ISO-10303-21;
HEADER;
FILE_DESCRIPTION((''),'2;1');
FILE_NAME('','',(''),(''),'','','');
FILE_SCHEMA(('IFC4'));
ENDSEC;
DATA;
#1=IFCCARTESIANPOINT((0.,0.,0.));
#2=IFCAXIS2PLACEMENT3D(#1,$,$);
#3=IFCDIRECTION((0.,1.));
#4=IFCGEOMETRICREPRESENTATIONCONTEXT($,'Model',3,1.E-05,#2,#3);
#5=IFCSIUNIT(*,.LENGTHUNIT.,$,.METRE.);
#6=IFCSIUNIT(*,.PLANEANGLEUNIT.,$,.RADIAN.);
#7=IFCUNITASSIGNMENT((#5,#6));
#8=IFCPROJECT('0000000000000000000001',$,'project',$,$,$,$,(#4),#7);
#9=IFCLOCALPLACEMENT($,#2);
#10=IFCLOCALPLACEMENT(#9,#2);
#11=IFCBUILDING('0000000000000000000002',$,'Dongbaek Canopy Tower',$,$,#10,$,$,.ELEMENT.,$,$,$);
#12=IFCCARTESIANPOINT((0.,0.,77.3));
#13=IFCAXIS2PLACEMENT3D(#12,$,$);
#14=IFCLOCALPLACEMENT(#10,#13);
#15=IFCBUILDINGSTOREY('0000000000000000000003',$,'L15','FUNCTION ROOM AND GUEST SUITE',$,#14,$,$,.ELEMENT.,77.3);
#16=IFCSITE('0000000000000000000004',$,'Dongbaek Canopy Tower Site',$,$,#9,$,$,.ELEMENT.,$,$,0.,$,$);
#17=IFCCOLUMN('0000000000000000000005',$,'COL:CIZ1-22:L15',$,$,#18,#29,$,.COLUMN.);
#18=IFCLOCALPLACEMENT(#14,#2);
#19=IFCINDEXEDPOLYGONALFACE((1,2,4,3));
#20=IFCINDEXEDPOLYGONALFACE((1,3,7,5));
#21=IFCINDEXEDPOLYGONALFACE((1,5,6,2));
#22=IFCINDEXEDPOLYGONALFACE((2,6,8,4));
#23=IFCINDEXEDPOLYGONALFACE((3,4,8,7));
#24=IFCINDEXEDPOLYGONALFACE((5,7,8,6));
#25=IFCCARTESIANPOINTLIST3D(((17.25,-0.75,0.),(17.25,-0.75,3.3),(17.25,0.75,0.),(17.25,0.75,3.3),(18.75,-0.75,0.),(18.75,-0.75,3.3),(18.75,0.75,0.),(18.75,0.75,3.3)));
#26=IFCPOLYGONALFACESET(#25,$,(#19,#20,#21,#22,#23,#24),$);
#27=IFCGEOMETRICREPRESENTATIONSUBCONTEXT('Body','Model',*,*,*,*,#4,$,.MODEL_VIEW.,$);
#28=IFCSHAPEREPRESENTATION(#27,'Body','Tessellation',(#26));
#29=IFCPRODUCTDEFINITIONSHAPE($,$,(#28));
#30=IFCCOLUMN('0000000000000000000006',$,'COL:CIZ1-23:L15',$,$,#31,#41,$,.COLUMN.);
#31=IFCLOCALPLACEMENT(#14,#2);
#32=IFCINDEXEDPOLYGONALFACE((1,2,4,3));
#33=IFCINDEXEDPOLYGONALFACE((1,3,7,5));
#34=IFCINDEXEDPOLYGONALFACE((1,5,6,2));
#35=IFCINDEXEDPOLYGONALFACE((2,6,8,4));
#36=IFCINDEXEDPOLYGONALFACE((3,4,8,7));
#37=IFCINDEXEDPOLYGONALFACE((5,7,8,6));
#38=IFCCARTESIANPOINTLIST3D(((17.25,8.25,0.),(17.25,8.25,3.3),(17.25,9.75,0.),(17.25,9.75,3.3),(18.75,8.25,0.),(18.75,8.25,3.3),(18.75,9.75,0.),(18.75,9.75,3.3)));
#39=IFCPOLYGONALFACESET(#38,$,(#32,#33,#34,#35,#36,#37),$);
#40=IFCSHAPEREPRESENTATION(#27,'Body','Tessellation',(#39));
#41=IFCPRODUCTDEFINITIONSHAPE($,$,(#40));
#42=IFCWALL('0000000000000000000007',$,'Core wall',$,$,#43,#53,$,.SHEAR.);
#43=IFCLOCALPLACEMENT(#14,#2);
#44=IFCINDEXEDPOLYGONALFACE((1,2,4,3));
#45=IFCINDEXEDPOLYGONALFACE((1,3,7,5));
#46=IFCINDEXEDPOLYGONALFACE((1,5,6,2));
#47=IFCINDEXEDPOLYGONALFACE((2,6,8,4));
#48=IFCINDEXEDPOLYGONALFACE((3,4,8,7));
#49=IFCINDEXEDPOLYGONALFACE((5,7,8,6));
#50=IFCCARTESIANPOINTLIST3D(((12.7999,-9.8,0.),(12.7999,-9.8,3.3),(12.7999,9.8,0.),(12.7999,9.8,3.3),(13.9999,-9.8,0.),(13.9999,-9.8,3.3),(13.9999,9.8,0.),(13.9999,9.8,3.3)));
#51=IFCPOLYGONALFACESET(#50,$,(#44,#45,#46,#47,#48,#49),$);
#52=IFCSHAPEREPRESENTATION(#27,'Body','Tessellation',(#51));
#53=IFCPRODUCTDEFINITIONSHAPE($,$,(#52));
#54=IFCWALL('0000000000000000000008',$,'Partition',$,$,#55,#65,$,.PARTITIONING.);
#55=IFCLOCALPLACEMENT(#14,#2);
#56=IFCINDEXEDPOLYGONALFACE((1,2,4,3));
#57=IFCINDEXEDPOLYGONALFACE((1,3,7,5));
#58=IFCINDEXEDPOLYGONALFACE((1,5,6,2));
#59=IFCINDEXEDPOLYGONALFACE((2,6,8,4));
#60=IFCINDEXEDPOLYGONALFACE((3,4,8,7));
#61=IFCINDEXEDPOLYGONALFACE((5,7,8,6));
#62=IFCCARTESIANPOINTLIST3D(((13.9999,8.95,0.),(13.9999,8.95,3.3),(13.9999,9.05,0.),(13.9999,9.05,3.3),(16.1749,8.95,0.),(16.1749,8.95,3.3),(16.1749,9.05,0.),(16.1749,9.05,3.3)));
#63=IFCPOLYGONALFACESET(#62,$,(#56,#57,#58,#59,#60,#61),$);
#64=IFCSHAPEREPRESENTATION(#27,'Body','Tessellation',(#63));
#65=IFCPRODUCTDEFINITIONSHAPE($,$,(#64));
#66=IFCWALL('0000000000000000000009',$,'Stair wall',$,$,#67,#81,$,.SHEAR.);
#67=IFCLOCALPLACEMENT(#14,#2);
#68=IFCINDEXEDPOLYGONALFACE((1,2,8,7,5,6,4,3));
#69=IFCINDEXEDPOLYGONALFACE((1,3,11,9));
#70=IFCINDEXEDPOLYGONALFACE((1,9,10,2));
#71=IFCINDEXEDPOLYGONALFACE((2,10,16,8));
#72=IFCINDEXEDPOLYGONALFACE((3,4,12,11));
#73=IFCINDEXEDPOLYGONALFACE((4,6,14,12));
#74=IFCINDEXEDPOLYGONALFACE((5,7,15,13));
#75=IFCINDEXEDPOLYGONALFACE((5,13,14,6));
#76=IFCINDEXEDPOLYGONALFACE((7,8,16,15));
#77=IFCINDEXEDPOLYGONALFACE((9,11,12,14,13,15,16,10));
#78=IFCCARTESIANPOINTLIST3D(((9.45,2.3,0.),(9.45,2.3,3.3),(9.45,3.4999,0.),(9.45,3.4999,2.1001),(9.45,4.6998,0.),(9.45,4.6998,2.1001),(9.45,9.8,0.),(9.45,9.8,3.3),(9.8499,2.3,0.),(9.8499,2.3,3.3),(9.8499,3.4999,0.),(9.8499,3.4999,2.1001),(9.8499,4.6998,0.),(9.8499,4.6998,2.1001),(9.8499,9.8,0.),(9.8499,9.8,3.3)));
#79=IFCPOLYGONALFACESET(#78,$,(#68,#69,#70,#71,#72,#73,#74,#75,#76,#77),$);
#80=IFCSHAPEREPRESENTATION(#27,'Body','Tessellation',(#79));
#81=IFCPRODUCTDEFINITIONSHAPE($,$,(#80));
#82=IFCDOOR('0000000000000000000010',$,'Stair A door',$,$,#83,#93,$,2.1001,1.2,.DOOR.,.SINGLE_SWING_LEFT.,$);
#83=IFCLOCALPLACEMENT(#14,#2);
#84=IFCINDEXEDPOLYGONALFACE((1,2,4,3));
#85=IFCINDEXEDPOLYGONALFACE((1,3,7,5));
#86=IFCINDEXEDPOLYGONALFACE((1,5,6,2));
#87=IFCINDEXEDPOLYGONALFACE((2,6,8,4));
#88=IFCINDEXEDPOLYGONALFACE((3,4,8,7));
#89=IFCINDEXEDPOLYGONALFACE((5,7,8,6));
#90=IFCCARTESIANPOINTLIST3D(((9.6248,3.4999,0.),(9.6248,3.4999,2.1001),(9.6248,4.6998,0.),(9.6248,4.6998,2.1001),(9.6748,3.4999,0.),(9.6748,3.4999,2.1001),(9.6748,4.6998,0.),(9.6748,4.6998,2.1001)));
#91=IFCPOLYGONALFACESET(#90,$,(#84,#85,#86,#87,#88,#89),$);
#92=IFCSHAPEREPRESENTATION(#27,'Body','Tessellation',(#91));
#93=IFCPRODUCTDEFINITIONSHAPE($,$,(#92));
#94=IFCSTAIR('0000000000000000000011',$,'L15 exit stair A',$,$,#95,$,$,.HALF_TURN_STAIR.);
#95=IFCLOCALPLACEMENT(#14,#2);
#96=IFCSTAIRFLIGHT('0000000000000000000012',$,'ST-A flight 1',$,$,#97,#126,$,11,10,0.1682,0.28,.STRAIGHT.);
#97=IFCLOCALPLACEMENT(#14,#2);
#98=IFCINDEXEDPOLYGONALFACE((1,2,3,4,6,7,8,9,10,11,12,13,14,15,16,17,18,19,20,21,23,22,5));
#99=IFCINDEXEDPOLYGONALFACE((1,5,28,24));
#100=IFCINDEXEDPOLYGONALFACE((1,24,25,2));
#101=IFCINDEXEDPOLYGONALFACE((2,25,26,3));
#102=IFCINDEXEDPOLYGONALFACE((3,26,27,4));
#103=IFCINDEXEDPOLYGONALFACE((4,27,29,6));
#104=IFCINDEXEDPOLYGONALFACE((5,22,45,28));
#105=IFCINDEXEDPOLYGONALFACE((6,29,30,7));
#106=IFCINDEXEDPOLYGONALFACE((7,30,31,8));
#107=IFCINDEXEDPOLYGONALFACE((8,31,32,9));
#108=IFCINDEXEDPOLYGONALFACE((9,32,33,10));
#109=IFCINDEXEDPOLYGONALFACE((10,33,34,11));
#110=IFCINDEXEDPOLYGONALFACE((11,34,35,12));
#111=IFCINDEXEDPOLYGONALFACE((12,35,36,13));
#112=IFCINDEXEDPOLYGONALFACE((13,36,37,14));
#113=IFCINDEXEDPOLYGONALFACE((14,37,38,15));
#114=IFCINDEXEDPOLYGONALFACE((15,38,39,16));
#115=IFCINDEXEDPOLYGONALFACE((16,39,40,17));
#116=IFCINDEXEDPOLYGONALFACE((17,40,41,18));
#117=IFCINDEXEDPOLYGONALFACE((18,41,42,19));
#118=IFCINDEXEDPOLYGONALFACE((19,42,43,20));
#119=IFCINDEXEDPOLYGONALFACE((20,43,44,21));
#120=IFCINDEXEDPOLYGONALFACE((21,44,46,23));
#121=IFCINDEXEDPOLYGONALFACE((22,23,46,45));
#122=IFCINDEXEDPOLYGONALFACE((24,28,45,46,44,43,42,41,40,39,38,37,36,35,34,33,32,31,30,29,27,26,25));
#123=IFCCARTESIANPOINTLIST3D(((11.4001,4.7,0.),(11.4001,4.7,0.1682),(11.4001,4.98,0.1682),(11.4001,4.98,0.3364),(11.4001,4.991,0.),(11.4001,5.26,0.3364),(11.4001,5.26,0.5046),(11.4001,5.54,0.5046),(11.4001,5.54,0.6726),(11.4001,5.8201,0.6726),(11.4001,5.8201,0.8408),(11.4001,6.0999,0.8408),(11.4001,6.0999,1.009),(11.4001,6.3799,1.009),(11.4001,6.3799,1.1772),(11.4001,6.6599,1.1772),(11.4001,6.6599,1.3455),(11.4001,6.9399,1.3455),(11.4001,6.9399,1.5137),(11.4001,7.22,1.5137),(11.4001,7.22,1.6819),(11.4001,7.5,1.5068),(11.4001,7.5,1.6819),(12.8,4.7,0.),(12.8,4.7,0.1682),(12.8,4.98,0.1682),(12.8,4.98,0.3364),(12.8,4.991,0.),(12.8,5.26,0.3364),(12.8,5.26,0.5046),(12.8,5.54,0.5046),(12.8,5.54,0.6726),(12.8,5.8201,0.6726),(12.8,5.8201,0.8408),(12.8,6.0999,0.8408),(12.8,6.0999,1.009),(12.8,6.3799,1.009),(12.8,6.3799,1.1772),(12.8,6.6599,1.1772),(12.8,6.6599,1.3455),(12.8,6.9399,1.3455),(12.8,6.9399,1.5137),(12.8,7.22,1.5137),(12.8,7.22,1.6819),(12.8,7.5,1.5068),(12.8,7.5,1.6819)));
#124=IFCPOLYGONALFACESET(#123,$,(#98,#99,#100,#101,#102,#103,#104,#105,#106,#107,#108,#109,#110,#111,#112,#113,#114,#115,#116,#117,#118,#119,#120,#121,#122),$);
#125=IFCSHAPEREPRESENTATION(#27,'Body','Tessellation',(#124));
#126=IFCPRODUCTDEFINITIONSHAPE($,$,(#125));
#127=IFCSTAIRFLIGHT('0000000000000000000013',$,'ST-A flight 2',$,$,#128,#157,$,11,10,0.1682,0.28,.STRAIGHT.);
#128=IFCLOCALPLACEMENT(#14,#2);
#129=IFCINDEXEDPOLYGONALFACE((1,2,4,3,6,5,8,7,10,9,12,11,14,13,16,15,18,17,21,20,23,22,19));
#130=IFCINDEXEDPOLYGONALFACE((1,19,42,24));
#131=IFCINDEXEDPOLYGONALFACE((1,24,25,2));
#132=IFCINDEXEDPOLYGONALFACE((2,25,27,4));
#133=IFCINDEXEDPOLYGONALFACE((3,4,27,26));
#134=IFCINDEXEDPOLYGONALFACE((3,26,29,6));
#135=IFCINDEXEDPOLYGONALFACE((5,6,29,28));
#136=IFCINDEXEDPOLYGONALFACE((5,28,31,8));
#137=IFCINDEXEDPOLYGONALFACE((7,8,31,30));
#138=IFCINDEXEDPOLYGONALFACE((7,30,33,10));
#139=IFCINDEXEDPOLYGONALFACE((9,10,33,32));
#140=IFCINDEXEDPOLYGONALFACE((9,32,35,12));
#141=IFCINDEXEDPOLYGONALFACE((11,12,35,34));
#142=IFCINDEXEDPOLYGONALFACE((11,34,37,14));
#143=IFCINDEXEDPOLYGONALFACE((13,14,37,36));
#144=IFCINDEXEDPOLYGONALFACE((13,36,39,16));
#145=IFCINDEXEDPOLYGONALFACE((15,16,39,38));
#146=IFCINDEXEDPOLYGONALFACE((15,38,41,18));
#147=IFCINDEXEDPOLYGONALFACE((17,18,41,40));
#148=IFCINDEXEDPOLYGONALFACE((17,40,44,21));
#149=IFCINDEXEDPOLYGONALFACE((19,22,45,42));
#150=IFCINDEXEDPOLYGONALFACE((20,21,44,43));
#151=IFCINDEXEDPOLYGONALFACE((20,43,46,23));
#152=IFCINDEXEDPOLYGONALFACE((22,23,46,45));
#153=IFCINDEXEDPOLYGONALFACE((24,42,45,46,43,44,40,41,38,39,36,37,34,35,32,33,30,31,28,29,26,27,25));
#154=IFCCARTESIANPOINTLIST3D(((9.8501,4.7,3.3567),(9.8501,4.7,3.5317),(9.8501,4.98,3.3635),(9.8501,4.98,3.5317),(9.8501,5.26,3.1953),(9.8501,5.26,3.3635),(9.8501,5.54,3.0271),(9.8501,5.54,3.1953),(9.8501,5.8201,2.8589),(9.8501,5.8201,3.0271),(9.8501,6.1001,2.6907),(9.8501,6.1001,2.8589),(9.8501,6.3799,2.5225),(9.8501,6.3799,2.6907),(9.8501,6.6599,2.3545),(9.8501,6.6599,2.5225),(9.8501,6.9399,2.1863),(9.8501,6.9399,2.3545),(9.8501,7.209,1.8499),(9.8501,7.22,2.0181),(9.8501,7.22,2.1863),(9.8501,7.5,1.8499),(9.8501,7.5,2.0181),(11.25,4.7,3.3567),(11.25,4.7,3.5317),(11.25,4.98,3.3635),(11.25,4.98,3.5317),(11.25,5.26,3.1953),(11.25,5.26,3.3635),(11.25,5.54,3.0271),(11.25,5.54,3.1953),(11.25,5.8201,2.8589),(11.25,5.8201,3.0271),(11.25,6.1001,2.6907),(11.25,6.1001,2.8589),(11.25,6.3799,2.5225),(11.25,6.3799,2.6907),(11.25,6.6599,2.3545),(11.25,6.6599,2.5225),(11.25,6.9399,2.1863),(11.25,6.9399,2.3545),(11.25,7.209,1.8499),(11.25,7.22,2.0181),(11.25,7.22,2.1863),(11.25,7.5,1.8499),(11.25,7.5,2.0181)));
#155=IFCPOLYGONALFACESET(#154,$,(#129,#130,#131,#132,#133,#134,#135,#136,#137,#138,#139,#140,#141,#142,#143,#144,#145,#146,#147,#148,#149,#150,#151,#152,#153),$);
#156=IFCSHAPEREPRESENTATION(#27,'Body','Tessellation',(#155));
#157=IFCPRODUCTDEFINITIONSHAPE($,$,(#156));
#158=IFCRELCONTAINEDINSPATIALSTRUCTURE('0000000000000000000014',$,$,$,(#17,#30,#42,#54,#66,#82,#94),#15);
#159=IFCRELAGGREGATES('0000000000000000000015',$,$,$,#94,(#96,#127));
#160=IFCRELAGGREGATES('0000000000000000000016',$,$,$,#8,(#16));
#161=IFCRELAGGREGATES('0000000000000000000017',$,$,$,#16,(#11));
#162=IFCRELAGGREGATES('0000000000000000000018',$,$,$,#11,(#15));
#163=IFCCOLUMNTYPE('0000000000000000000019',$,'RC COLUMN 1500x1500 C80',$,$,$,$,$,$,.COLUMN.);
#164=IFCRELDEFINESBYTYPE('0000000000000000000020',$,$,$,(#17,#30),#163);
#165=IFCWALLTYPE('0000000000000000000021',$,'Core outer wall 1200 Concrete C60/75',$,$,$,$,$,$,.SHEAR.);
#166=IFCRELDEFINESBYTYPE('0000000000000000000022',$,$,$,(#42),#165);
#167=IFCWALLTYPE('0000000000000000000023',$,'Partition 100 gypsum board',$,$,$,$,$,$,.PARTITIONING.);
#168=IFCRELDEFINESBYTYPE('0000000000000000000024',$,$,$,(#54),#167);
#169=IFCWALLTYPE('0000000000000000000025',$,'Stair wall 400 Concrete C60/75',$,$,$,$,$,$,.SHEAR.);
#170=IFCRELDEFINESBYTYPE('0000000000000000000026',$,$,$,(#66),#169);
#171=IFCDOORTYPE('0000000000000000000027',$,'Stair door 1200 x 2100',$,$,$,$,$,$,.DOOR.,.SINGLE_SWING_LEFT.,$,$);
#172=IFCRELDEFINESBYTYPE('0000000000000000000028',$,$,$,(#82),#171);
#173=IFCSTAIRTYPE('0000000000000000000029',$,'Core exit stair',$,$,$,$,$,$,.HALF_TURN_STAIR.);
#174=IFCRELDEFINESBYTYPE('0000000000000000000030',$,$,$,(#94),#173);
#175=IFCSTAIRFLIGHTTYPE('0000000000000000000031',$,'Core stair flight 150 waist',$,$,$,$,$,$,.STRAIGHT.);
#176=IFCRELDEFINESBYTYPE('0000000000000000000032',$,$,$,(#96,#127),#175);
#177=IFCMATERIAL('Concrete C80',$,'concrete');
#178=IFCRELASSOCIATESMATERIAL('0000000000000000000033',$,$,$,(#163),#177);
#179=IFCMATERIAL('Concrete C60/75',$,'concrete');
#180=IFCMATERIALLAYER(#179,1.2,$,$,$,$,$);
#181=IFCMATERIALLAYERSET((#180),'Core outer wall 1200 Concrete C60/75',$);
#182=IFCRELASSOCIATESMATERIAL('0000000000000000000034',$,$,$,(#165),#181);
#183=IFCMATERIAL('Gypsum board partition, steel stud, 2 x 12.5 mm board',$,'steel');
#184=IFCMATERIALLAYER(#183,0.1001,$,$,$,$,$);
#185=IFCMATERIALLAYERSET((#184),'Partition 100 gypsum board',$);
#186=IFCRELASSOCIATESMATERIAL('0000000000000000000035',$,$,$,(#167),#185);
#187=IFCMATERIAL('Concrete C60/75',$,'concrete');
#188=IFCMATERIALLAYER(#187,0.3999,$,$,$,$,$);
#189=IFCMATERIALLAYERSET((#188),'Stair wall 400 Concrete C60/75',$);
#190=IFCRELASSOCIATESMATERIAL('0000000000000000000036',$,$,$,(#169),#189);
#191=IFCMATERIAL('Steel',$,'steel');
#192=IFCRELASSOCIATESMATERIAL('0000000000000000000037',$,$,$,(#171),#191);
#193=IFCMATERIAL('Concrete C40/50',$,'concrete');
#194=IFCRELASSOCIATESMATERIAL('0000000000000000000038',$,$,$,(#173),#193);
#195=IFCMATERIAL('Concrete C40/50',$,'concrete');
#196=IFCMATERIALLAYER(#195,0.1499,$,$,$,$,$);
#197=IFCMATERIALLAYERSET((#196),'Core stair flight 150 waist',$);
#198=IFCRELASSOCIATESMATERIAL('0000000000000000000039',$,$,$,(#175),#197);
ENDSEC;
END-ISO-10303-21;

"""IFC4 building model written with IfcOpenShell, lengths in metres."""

from ifc_helpers import new_model, si_unit, direction, frame, frame_2d, origin, origin_2d, place, context, subcontext, project, spatial, polyline, rectangle, outline, extrude, material, layer, layer_set, material_profile, profile_set, type_object, element, fill, aggregate, save


model = new_model("IFC4")

# Units and contexts
model_context = context("Model", 3, precision=1e-05, world=origin(), true_north=direction((0.0, 1.0)))
body_context = subcontext(model_context, "Body", "Model", "MODEL_VIEW")
ifc_project = project(units=[si_unit("LENGTHUNIT", "METRE"), si_unit("PLANEANGLEUNIT", "RADIAN")], contexts=[model_context])

# Site, building, storey
site_placement = place(None, origin())
site = spatial("IfcSite", under=ifc_project, at=site_placement, Name="Dongbaek Canopy Tower Site", CompositionType="ELEMENT", RefElevation=0.0)
building_placement = place(site_placement, origin())
building = spatial("IfcBuilding", under=site, at=building_placement, Name="Dongbaek Canopy Tower", CompositionType="ELEMENT")
storey_placement = place(building_placement, frame((0.0, 0.0, 77.3)))
storey = spatial("IfcBuildingStorey", under=building, at=storey_placement, Name="L15", Description="FUNCTION ROOM AND GUEST SUITE", CompositionType="ELEMENT", Elevation=77.3)

# Columns
ifc_material_1 = material(Name="Concrete C80", Category="concrete")
ifc_material_profile = material_profile(ifc_material_1, rectangle(XDim=1.5, YDim=1.5, at=origin_2d()), Name="RC COLUMN 1500x1500 C80")
ifc_profile_set = profile_set([ifc_material_profile], Name="Concrete C80")
column_type = type_object("IfcColumnType", Name="RC COLUMN 1500x1500 C80", PredefinedType="COLUMN", material=ifc_profile_set)
for number, where, z_axis, x_axis, name in (
    (1, (18.0, 0.0, 0.0), (0.0, 0.0, 1.0), (1.0, 0.0, 0.0), "COL:CIZ1-22:L15"),
    (2, (18.0, 9.0, 0.0), (0.0, 0.0, 1.0), (1.0, 0.0, 0.0), "COL:CIZ1-23:L15"),
):
    element("IfcColumn", number, at=place(storey_placement, frame(where, z_axis=z_axis, x_axis=x_axis)), inside=storey, type_object=column_type, Name=name, PredefinedType="COLUMN", context=body_context, shape_type="SweptSolid", body=[
        extrude(rectangle(XDim=1.5, YDim=1.5, at=origin_2d()), origin(), (0.0, 0.0, 1.0), 3.3),
    ])

# Walls
ifc_material_2 = material(Name="Concrete C60/75", Category="concrete")
ifc_layer_1 = layer(ifc_material_2, 1.2)
ifc_layer_set_1 = layer_set([ifc_layer_1], Name="Core outer wall 1200 Concrete C60/75")
wall_type_1 = type_object("IfcWallType", Name="Core outer wall 1200 Concrete C60/75", PredefinedType="SHEAR", material=ifc_layer_set_1)
wall_1_placement = place(storey_placement, frame((13.3999, 9.8, 0.0), z_axis=(0.0, 0.0, 1.0), x_axis=(0.0, -1.0, 0.0)))
element("IfcWall", 3, at=wall_1_placement, inside=storey, type_object=wall_type_1, Name="Core wall", PredefinedType="SHEAR", context=body_context, shape_type="SweptSolid", body=[
    extrude(rectangle(XDim=19.6001, YDim=1.2, at=frame_2d((9.8, 0.0))), origin(), (0.0, 0.0, 1.0), 3.3),
])
ifc_material_3 = material(Name="Gypsum board partition, steel stud, 2 x 12.5 mm board", Category="steel")
ifc_layer_2 = layer(ifc_material_3, 0.1001)
ifc_layer_set_2 = layer_set([ifc_layer_2], Name="Partition 100 gypsum board")
wall_type_2 = type_object("IfcWallType", Name="Partition 100 gypsum board", PredefinedType="PARTITIONING", material=ifc_layer_set_2)
wall_2_placement = place(storey_placement, frame((14.0, 9.0, 0.0), z_axis=(0.0, 0.0, 1.0), x_axis=(1.0, 0.0, 0.0)))
element("IfcWall", 4, at=wall_2_placement, inside=storey, type_object=wall_type_2, Name="Partition", PredefinedType="PARTITIONING", context=body_context, shape_type="SweptSolid", body=[
    extrude(rectangle(XDim=2.175, YDim=0.1001, at=frame_2d((1.0874, 0.0))), origin(), (0.0, 0.0, 1.0), 3.3),
])

# Wall, opening, door
ifc_material_4 = material(Name="Concrete C60/75", Category="concrete")
ifc_layer_3 = layer(ifc_material_4, 0.3999)
ifc_layer_set_3 = layer_set([ifc_layer_3], Name="Stair wall 400 Concrete C60/75")
wall_type_3 = type_object("IfcWallType", Name="Stair wall 400 Concrete C60/75", PredefinedType="SHEAR", material=ifc_layer_set_3)
wall_3_placement = place(storey_placement, frame((9.6499, 9.8, 0.0), z_axis=(0.0, 0.0, 1.0), x_axis=(0.0, -1.0, 0.0)))
wall_3 = element("IfcWall", 5, at=wall_3_placement, inside=storey, type_object=wall_type_3, Name="Stair wall", PredefinedType="SHEAR", context=body_context, shape_type="SweptSolid", body=[
    extrude(rectangle(XDim=7.5, YDim=0.3999, at=frame_2d((3.75, 0.0))), origin(), (0.0, 0.0, 1.0), 3.3),
])
opening_placement = place(wall_3_placement, frame((5.1001, 0.0, 0.0)))
opening = element("IfcOpeningElement", 6, at=opening_placement, cuts=wall_3, PredefinedType="OPENING", context=body_context, shape_type="SweptSolid", body=[
    extrude(rectangle(XDim=1.2, YDim=2.1001, at=frame_2d((0.6001, 1.05))), frame((0.0, 0.21, 0.0), z_axis=(0.0, -1.0, 0.0), x_axis=(1.0, 0.0, 0.0)), (0.0, 0.0, 1.0), 0.4199),
])
ifc_material_5 = material(Name="Steel", Category="steel")
door_type = type_object("IfcDoorType", Name="Stair door 1200 x 2100", OperationType="SINGLE_SWING_LEFT", PredefinedType="DOOR", material=ifc_material_5)
door_placement = place(opening_placement, origin())
door = element("IfcDoor", 7, at=door_placement, inside=storey, type_object=door_type, Name="Stair A door", OperationType="SINGLE_SWING_LEFT", OverallHeight=2.1001, OverallWidth=1.2, PredefinedType="DOOR", context=body_context, shape_type="SweptSolid", body=[
    extrude(rectangle(XDim=1.2, YDim=2.1001, at=frame_2d((0.6001, 1.05))), frame((0.0, 0.0249, 0.0), z_axis=(0.0, -1.0, 0.0), x_axis=(1.0, 0.0, 0.0)), (0.0, 0.0, 1.0), 0.05),
])
fill(opening, door)

# Stair, stair flights
ifc_material_6 = material(Name="Concrete C40/50", Category="concrete")
stair_type = type_object("IfcStairType", Name="Core exit stair", PredefinedType="HALF_TURN_STAIR", material=ifc_material_6)
stair_placement = place(storey_placement, origin())
stair = element("IfcStair", 8, at=stair_placement, inside=storey, type_object=stair_type, Name="L15 exit stair A", PredefinedType="HALF_TURN_STAIR")
ifc_material_7 = material(Name="Concrete C40/50", Category="concrete")
ifc_layer_4 = layer(ifc_material_7, 0.1499)
ifc_layer_set_4 = layer_set([ifc_layer_4], Name="Core stair flight 150 waist")
stair_flight_type = type_object("IfcStairFlightType", Name="Core stair flight 150 waist", PredefinedType="STRAIGHT", material=ifc_layer_set_4)
stair_flight_1_placement = place(storey_placement, frame((12.1001, 4.7, 0.0), z_axis=(0.0, 0.0, 1.0), x_axis=(0.0, 1.0, 0.0)))
stair_flight_1 = element("IfcStairFlight", 9, at=stair_flight_1_placement, type_object=stair_flight_type, Name="ST-A flight 1", NumberOfRisers=11, NumberOfTreads=10, PredefinedType="STRAIGHT", RiserHeight=0.1682, TreadLength=0.28, context=body_context, shape_type="SweptSolid", body=[
    extrude(outline(polyline([(0.0, 0.0), (0.0, 0.1682), (0.28, 0.1682), (0.28, 0.3364), (0.5601, 0.3364), (0.5601, 0.5046), (0.8401, 0.5046), (0.8401, 0.6726), (1.1201, 0.6726), (1.1201, 0.8408), (1.3999, 0.8408), (1.3999, 1.009), (1.6799, 1.009), (1.6799, 1.1772), (1.96, 1.1772), (1.96, 1.3455), (2.24, 1.3455), (2.24, 1.5137), (2.52, 1.5137), (2.52, 1.6819), (2.8, 1.6819), (2.8, 1.8501), (2.8, 1.5068), (0.291, 0.0), (0.0, 0.0)])), frame((0.0, 0.7, 0.0), z_axis=(0.0, -1.0, 0.0), x_axis=(1.0, 0.0, 0.0)), (0.0, 0.0, 1.0), 1.3999),
])
stair_flight_2_placement = place(storey_placement, frame((10.55, 7.5, 1.8499), z_axis=(0.0, 0.0, 1.0), x_axis=(0.0, -1.0, 0.0)))
stair_flight_2 = element("IfcStairFlight", 10, at=stair_flight_2_placement, type_object=stair_flight_type, Name="ST-A flight 2", NumberOfRisers=11, NumberOfTreads=10, PredefinedType="STRAIGHT", RiserHeight=0.1682, TreadLength=0.28, context=body_context, shape_type="SweptSolid", body=[
    extrude(outline(polyline([(0.0, 0.0), (0.0, 0.1682), (0.28, 0.1682), (0.28, 0.3364), (0.5601, 0.3364), (0.5601, 0.5046), (0.8401, 0.5046), (0.8401, 0.6726), (1.1201, 0.6726), (1.1201, 0.8408), (1.3999, 0.8408), (1.3999, 1.009), (1.6799, 1.009), (1.6799, 1.1772), (1.96, 1.1772), (1.96, 1.3455), (2.24, 1.3455), (2.24, 1.5137), (2.52, 1.5137), (2.52, 1.6819), (2.8, 1.6819), (2.8, 1.8501), (2.8, 1.5068), (0.291, 0.0), (0.0, 0.0)])), frame((0.0, 0.7, 0.0), z_axis=(0.0, -1.0, 0.0), x_axis=(1.0, 0.0, 0.0)), (0.0, 0.0, 1.0), 1.3999),
])
aggregate(stair, [stair_flight_1, stair_flight_2])

save(model, "model.ifc")
